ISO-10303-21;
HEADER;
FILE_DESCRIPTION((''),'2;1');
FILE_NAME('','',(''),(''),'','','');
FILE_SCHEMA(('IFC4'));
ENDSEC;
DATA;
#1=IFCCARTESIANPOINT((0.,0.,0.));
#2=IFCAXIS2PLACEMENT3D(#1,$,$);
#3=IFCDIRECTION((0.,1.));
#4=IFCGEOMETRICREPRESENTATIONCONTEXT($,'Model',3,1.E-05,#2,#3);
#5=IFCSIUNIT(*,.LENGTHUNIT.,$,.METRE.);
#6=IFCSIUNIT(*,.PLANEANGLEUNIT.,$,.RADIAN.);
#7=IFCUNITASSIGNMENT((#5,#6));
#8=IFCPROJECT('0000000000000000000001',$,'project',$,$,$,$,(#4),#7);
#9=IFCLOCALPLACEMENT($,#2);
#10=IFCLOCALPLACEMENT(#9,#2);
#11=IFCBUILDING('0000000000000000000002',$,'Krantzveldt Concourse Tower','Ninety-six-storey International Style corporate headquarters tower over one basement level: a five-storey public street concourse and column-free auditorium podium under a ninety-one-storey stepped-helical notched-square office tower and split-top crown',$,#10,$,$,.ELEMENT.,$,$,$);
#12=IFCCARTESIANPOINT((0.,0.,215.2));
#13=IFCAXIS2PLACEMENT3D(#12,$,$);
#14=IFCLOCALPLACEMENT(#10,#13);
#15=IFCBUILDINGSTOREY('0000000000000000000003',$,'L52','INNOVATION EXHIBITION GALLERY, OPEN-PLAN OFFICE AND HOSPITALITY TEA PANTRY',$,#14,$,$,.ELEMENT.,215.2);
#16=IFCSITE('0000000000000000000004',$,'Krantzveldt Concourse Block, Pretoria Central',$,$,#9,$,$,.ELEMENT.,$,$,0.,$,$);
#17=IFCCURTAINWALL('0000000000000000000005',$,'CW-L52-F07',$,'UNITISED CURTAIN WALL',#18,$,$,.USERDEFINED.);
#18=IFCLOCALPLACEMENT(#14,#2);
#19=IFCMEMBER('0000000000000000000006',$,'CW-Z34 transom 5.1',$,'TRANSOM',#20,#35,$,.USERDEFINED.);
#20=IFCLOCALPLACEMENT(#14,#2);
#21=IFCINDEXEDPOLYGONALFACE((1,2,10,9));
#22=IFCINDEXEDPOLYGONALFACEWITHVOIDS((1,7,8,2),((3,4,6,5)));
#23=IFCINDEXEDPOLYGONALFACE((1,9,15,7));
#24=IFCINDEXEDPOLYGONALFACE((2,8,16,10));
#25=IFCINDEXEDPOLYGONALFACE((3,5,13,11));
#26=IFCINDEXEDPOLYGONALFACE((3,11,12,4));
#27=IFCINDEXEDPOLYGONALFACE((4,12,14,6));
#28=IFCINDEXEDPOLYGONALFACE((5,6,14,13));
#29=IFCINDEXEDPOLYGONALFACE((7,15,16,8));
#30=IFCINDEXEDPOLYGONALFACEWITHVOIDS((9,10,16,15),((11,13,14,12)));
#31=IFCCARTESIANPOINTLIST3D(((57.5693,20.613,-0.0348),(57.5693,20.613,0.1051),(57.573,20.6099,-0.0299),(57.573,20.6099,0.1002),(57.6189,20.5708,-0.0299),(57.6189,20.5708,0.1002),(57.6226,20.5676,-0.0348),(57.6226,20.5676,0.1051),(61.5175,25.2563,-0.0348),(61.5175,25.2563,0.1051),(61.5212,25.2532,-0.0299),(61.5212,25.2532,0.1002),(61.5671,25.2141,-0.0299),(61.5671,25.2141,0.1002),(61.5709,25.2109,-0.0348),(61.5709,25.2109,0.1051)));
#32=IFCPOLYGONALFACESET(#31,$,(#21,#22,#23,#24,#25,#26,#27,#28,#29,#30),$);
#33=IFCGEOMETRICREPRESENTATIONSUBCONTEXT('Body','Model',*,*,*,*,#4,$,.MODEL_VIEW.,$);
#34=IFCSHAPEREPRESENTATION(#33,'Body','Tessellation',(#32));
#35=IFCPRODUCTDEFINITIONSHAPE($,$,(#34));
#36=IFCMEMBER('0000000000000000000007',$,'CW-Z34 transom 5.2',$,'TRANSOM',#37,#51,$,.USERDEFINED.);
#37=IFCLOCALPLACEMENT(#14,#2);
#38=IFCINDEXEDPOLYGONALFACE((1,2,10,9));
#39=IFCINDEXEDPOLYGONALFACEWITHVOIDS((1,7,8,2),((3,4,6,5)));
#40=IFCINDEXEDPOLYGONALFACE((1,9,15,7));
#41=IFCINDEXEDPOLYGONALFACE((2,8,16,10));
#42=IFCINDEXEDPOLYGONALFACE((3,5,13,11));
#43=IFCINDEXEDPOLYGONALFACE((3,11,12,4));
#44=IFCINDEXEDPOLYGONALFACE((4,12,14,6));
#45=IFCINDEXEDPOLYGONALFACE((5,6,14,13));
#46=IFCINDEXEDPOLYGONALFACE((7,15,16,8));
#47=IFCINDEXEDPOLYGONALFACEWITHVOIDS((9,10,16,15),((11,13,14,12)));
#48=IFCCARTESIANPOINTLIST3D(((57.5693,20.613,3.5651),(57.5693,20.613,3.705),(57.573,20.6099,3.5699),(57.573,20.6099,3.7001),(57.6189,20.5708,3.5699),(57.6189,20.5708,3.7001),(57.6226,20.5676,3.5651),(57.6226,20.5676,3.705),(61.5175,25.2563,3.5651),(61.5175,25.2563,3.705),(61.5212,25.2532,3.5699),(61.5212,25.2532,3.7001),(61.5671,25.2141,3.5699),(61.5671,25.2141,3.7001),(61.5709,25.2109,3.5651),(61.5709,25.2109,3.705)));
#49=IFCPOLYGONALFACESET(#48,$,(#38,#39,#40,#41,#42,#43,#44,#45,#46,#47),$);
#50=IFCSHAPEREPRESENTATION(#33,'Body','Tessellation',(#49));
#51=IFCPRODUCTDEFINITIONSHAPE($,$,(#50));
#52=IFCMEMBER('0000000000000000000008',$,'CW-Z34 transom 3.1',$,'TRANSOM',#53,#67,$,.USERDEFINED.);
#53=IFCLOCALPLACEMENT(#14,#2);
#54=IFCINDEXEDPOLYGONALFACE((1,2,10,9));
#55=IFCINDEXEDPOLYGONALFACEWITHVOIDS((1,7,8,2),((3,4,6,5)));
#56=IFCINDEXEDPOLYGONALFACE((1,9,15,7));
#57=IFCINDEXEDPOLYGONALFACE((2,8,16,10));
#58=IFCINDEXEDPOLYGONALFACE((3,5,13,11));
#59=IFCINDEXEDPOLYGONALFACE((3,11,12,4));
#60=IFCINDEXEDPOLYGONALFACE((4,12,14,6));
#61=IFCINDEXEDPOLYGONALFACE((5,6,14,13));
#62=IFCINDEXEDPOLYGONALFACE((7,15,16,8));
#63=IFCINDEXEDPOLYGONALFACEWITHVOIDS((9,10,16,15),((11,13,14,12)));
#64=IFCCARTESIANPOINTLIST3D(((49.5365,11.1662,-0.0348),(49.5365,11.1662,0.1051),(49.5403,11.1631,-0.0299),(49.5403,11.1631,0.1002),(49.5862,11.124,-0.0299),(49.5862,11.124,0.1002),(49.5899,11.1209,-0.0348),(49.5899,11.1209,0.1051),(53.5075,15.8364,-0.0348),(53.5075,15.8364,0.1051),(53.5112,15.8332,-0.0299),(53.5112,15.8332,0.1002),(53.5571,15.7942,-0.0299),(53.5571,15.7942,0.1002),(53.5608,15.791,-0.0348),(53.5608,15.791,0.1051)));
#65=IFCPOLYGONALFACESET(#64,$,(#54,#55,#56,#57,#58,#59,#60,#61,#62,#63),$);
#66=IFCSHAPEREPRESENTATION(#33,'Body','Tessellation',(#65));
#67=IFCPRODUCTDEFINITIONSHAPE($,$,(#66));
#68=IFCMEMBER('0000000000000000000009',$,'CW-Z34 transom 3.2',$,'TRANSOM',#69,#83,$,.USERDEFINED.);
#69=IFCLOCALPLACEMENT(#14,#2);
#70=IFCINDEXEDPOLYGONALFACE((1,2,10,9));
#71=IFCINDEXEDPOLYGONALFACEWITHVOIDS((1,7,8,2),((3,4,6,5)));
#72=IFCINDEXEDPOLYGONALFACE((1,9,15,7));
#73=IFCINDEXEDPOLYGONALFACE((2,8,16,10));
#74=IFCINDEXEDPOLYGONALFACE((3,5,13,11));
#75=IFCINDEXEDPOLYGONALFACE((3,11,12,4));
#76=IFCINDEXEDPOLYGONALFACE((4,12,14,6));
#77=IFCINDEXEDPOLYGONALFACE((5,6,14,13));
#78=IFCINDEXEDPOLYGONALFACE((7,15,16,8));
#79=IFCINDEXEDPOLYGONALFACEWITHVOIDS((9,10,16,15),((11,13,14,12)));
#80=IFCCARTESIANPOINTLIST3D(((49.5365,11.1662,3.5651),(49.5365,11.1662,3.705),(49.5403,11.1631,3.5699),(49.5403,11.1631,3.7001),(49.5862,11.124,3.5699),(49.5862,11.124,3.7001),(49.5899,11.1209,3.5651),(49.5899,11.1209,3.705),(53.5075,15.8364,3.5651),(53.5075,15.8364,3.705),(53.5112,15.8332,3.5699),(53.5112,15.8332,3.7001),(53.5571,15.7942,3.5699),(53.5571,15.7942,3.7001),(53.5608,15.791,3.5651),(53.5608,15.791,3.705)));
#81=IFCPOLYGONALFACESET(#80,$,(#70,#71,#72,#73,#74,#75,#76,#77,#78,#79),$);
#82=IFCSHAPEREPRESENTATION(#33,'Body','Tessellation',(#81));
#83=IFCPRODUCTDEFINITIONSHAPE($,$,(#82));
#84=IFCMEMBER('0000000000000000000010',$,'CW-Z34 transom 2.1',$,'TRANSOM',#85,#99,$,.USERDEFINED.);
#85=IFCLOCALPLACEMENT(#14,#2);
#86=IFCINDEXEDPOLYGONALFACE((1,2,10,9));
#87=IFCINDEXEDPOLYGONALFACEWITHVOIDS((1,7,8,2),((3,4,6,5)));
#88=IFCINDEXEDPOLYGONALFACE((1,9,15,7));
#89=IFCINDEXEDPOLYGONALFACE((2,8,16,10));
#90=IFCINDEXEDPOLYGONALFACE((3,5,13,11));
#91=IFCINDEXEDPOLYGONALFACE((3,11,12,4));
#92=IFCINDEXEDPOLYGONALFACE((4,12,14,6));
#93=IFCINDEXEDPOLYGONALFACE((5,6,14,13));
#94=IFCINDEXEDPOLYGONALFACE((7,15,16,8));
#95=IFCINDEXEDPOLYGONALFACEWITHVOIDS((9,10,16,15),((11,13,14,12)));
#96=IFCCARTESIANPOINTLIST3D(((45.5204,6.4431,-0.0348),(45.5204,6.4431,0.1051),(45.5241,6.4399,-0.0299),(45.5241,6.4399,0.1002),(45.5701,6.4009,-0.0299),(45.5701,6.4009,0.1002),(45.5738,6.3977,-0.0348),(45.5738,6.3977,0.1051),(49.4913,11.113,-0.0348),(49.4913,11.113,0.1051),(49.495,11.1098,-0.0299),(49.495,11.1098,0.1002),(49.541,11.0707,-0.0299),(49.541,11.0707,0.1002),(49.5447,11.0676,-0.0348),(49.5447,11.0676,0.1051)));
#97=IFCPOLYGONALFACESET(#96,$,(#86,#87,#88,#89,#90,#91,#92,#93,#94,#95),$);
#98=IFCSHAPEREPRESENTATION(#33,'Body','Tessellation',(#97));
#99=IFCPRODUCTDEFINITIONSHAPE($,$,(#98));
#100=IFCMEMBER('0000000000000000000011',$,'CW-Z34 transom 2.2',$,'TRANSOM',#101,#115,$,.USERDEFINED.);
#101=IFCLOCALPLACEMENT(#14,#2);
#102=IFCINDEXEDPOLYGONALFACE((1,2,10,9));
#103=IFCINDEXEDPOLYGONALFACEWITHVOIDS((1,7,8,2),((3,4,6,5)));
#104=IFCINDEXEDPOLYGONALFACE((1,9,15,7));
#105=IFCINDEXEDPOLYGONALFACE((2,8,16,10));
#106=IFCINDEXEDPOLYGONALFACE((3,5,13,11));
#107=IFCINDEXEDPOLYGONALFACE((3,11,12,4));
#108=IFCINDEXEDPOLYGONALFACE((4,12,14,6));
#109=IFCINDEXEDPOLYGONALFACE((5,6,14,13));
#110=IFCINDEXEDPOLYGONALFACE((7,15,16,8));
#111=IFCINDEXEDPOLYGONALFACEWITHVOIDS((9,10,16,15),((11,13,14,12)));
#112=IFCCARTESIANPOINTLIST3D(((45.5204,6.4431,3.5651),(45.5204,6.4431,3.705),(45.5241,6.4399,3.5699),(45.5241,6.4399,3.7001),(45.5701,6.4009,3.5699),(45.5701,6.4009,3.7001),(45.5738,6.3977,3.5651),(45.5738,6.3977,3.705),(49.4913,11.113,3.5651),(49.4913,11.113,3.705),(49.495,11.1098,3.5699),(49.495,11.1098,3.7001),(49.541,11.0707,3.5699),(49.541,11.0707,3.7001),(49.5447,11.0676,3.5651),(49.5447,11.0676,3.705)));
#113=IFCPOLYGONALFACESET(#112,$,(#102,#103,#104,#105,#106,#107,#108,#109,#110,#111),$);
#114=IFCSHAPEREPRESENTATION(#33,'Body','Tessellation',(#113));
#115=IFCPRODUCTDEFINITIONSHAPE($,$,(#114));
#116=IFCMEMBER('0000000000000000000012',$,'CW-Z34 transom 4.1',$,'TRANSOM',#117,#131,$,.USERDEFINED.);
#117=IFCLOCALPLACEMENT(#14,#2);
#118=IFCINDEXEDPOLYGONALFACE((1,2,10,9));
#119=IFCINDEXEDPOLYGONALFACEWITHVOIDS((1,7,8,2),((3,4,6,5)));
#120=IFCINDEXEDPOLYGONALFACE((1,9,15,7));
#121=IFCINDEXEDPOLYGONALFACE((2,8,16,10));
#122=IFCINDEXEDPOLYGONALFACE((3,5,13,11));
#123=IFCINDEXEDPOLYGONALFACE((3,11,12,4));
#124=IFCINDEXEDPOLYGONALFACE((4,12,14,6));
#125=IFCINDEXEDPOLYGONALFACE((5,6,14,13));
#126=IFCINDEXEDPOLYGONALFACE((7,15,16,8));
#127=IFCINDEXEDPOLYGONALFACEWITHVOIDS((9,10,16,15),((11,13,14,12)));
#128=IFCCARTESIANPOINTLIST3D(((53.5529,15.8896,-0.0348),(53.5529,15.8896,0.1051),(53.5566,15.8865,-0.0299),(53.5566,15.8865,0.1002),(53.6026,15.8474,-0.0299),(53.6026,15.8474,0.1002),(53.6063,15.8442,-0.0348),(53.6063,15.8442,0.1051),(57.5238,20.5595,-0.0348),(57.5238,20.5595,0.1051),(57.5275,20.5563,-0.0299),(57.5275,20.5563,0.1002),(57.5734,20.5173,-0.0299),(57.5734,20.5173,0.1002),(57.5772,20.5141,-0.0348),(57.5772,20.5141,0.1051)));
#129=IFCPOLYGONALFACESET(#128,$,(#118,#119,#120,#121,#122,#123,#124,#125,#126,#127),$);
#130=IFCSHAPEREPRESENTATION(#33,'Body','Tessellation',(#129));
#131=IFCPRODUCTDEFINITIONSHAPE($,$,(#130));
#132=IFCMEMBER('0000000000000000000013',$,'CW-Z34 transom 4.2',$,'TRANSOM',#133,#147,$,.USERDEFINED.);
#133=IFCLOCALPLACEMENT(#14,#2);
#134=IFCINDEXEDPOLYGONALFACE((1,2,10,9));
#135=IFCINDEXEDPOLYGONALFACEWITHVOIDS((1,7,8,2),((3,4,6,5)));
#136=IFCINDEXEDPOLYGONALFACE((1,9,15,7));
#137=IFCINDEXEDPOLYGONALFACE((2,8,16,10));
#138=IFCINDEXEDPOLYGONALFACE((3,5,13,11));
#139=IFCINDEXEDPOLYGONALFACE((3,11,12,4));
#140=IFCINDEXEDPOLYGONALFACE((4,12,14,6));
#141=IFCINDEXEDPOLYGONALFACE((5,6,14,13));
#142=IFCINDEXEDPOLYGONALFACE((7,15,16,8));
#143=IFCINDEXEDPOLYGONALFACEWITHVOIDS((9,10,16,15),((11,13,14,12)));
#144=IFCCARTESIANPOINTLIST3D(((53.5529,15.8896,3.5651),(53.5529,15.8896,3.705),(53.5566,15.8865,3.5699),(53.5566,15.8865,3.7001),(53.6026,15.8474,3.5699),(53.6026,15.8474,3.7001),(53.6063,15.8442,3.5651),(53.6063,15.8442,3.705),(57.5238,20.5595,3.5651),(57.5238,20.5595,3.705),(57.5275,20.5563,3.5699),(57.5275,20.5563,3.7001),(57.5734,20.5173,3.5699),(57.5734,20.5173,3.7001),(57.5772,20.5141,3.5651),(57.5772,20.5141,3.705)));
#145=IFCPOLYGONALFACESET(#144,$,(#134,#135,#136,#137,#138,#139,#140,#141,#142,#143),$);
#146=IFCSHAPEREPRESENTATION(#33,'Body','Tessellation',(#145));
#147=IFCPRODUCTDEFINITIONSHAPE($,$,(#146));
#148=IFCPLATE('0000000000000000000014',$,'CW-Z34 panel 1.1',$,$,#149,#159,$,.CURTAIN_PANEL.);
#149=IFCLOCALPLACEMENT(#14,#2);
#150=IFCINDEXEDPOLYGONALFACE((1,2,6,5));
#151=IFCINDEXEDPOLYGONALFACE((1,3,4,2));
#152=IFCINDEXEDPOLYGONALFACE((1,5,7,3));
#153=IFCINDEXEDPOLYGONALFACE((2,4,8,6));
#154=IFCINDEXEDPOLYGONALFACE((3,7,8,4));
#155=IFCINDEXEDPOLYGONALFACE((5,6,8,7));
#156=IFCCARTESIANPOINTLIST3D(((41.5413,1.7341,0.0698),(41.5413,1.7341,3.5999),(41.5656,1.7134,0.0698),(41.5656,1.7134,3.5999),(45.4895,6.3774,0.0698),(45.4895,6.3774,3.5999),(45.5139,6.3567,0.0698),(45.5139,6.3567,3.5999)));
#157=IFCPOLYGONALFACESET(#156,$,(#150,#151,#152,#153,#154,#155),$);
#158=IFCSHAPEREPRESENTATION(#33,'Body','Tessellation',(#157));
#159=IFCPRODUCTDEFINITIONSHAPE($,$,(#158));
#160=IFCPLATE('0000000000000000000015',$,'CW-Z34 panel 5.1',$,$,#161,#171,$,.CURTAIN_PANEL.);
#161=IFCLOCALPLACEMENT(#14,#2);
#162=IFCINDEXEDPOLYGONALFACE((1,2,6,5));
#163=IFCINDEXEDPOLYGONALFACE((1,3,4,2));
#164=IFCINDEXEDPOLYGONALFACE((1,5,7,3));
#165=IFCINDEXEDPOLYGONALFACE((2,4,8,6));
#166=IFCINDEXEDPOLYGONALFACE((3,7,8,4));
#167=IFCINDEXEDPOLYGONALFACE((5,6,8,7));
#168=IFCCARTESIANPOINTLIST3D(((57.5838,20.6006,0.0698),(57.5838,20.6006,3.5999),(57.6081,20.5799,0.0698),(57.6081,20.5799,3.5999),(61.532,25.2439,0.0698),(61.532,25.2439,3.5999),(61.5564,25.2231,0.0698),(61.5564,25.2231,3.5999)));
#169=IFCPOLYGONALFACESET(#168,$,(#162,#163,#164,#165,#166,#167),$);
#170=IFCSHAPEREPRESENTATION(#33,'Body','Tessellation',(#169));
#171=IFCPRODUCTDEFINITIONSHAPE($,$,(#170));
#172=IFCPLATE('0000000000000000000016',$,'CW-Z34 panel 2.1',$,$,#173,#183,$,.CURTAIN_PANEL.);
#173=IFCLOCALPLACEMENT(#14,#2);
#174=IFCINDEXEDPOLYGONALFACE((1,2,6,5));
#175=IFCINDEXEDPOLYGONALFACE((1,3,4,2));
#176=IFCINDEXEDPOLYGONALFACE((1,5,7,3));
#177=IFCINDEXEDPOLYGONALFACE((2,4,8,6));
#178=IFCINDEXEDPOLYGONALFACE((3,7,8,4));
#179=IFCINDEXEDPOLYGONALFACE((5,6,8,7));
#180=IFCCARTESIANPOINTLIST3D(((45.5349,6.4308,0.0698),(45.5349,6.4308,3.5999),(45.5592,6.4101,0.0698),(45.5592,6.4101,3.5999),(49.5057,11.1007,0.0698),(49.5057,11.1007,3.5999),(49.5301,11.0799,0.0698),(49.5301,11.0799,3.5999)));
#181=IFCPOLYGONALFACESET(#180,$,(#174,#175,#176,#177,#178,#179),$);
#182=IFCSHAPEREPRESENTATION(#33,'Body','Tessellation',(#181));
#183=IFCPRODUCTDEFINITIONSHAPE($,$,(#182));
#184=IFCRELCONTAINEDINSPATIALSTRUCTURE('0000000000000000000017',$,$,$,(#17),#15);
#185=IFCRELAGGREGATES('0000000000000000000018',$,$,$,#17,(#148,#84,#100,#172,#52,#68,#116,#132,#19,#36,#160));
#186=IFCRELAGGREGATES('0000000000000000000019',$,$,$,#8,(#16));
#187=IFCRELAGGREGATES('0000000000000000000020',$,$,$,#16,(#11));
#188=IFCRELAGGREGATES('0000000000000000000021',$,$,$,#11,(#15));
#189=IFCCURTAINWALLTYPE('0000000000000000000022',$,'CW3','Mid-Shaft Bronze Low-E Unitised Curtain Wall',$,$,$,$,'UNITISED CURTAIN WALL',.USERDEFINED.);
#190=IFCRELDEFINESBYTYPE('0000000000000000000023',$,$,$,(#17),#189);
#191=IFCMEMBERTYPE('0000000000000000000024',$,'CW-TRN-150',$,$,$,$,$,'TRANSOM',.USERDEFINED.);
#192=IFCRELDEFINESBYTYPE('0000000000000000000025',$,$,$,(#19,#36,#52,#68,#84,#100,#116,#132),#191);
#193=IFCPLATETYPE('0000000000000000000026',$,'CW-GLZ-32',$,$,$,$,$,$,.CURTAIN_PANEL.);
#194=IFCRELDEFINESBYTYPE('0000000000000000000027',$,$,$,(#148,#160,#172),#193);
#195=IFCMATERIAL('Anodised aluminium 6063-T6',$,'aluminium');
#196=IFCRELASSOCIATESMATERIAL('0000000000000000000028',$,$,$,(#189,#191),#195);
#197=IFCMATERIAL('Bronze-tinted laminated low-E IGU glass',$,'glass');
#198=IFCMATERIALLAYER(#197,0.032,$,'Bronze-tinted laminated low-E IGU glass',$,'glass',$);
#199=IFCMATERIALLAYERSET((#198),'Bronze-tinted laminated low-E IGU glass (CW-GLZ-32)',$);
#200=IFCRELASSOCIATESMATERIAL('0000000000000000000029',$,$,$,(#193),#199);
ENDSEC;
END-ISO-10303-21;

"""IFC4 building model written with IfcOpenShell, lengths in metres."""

from ifc_helpers import new_model, si_unit, direction, frame, origin, origin_2d, place, context, subcontext, project, spatial, rectangle, hollow_rectangle, extrude, source, transform, mapped, material, layer, layer_set, material_profile, profile_set, type_object, type_shapes, element, aggregate, save


model = new_model("IFC4")

# Units and contexts
model_context = context("Model", 3, precision=1e-05, world=origin(), true_north=direction((0.0, 1.0)))
body_context = subcontext(model_context, "Body", "Model", "MODEL_VIEW")
ifc_project = project(units=[si_unit("LENGTHUNIT", "METRE"), si_unit("PLANEANGLEUNIT", "RADIAN")], contexts=[model_context])

# Site, building, storey
site_placement = place(None, origin())
site = spatial("IfcSite", under=ifc_project, at=site_placement, Name="Krantzveldt Concourse Block, Pretoria Central", CompositionType="ELEMENT", RefElevation=0.0)
building_placement = place(site_placement, origin())
building = spatial("IfcBuilding", under=site, at=building_placement, Name="Krantzveldt Concourse Tower", Description="Ninety-six-storey International Style corporate headquarters tower over one basement level: a five-storey public street concourse and column-free auditorium podium under a ninety-one-storey stepped-helical notched-square office tower and split-top crown", CompositionType="ELEMENT")
storey_placement = place(building_placement, frame((0.0, 0.0, 215.2)))
storey = spatial("IfcBuildingStorey", under=building, at=storey_placement, Name="L52", Description="INNOVATION EXHIBITION GALLERY, OPEN-PLAN OFFICE AND HOSPITALITY TEA PANTRY", CompositionType="ELEMENT", Elevation=215.2)

# Curtain wall, members, plates
ifc_material_1 = material(Name="Anodised aluminium 6063-T6", Category="aluminium")
curtain_wall_type = type_object("IfcCurtainWallType", Name="CW3", Description="Mid-Shaft Bronze Low-E Unitised Curtain Wall", ElementType="UNITISED CURTAIN WALL", PredefinedType="USERDEFINED", material=ifc_material_1)
curtain_wall_placement = place(storey_placement, origin())
curtain_wall = element("IfcCurtainWall", 1, at=curtain_wall_placement, inside=storey, type_object=curtain_wall_type, Name="CW-L52-F07", ObjectType="UNITISED CURTAIN WALL", PredefinedType="USERDEFINED")
ifc_material_profile_1 = material_profile(ifc_material_1, hollow_rectangle(XDim=0.0701, YDim=0.1399, WallThickness=0.0049, at=origin_2d()), Name="Anodised aluminium 6063-T6", Category="aluminium")
ifc_profile_set_1 = profile_set([ifc_material_profile_1], Name="Anodised aluminium 6063-T6 - ALU-TRAN 140x70x5")
member_type_1 = type_object("IfcMemberType", Name="CW-TRN-150", ElementType="TRANSOM", PredefinedType="USERDEFINED", material=ifc_profile_set_1)
shared_shape_1 = source(origin(), body_context, "Body", "SweptSolid", [
    extrude(hollow_rectangle(XDim=0.0701, YDim=0.1399, WallThickness=0.0049, at=origin_2d()), origin(), (0.0, 0.0, 1.0), 6.095),
])
member_1_placement = place(storey_placement, frame((57.5959, 20.5903, 0.0352), z_axis=(0.647784, 0.761824, 0.0), x_axis=(-0.761824, 0.647784, 0.0)))
member_1 = element("IfcMember", 2, at=member_1_placement, type_object=member_type_1, Name="CW-Z34 transom 5.1", ObjectType="TRANSOM", PredefinedType="USERDEFINED", context=body_context, shape_type="MappedRepresentation", body=[
    mapped(shared_shape_1, transform((0.0, 0.0, 0.0), x_axis=(1.0, 0.0, 0.0), y_axis=(0.0, 1.0, 0.0), z_axis=(0.0, 0.0, 1.0), scale=1.0)),
])
member_2_placement = place(storey_placement, frame((57.5959, 20.5903, 3.635), z_axis=(0.647784, 0.761824, 0.0), x_axis=(-0.761824, 0.647784, 0.0)))
member_2 = element("IfcMember", 3, at=member_2_placement, type_object=member_type_1, Name="CW-Z34 transom 5.2", ObjectType="TRANSOM", PredefinedType="USERDEFINED", context=body_context, shape_type="MappedRepresentation", body=[
    mapped(shared_shape_1, transform((0.0, 0.0, 0.0), x_axis=(1.0, 0.0, 0.0), y_axis=(0.0, 1.0, 0.0), z_axis=(0.0, 0.0, 1.0), scale=1.0)),
])
shared_shape_2 = source(origin(), body_context, "Body", "SweptSolid", [
    extrude(hollow_rectangle(XDim=0.0701, YDim=0.1399, WallThickness=0.0049, at=origin_2d()), origin(), (0.0, 0.0, 1.0), 6.1301),
])
member_3_placement = place(storey_placement, frame((49.5632, 11.1436, 0.0352), z_axis=(0.647772, 0.761834, 0.0), x_axis=(-0.761834, 0.647772, 0.0)))
member_3 = element("IfcMember", 4, at=member_3_placement, type_object=member_type_1, Name="CW-Z34 transom 3.1", ObjectType="TRANSOM", PredefinedType="USERDEFINED", context=body_context, shape_type="MappedRepresentation", body=[
    mapped(shared_shape_2, transform((0.0, 0.0, 0.0), x_axis=(1.0, 0.0, 0.0), y_axis=(0.0, 1.0, 0.0), z_axis=(0.0, 0.0, 1.0), scale=1.0)),
])
member_4_placement = place(storey_placement, frame((49.5632, 11.1436, 3.635), z_axis=(0.647772, 0.761834, 0.0), x_axis=(-0.761834, 0.647772, 0.0)))
member_4 = element("IfcMember", 5, at=member_4_placement, type_object=member_type_1, Name="CW-Z34 transom 3.2", ObjectType="TRANSOM", PredefinedType="USERDEFINED", context=body_context, shape_type="MappedRepresentation", body=[
    mapped(shared_shape_2, transform((0.0, 0.0, 0.0), x_axis=(1.0, 0.0, 0.0), y_axis=(0.0, 1.0, 0.0), z_axis=(0.0, 0.0, 1.0), scale=1.0)),
])
shared_shape_3 = source(origin(), body_context, "Body", "SweptSolid", [
    extrude(hollow_rectangle(XDim=0.0701, YDim=0.1399, WallThickness=0.0049, at=origin_2d()), origin(), (0.0, 0.0, 1.0), 6.1299),
])
type_shapes(member_type_1, [shared_shape_1, shared_shape_2, shared_shape_3])
member_5_placement = place(storey_placement, frame((45.5471, 6.4204, 0.0352), z_axis=(0.647792, 0.761817, 0.0), x_axis=(-0.761817, 0.647792, 0.0)))
member_5 = element("IfcMember", 6, at=member_5_placement, type_object=member_type_1, Name="CW-Z34 transom 2.1", ObjectType="TRANSOM", PredefinedType="USERDEFINED", context=body_context, shape_type="MappedRepresentation", body=[
    mapped(shared_shape_3, transform((0.0, 0.0, 0.0), x_axis=(1.0, 0.0, 0.0), y_axis=(0.0, 1.0, 0.0), z_axis=(0.0, 0.0, 1.0), scale=1.0)),
])
member_6_placement = place(storey_placement, frame((45.5471, 6.4204, 3.635), z_axis=(0.647792, 0.761817, 0.0), x_axis=(-0.761817, 0.647792, 0.0)))
member_6 = element("IfcMember", 7, at=member_6_placement, type_object=member_type_1, Name="CW-Z34 transom 2.2", ObjectType="TRANSOM", PredefinedType="USERDEFINED", context=body_context, shape_type="MappedRepresentation", body=[
    mapped(shared_shape_3, transform((0.0, 0.0, 0.0), x_axis=(1.0, 0.0, 0.0), y_axis=(0.0, 1.0, 0.0), z_axis=(0.0, 0.0, 1.0), scale=1.0)),
])
member_7_placement = place(storey_placement, frame((53.5796, 15.8669, 0.0352), z_axis=(0.647792, 0.761817, 0.0), x_axis=(-0.761817, 0.647792, 0.0)))
member_7 = element("IfcMember", 8, at=member_7_placement, type_object=member_type_1, Name="CW-Z34 transom 4.1", ObjectType="TRANSOM", PredefinedType="USERDEFINED", context=body_context, shape_type="MappedRepresentation", body=[
    mapped(shared_shape_3, transform((0.0, 0.0, 0.0), x_axis=(1.0, 0.0, 0.0), y_axis=(0.0, 1.0, 0.0), z_axis=(0.0, 0.0, 1.0), scale=1.0)),
])
member_8_placement = place(storey_placement, frame((53.5796, 15.8669, 3.635), z_axis=(0.647792, 0.761817, 0.0), x_axis=(-0.761817, 0.647792, 0.0)))
member_8 = element("IfcMember", 9, at=member_8_placement, type_object=member_type_1, Name="CW-Z34 transom 4.2", ObjectType="TRANSOM", PredefinedType="USERDEFINED", context=body_context, shape_type="MappedRepresentation", body=[
    mapped(shared_shape_3, transform((0.0, 0.0, 0.0), x_axis=(1.0, 0.0, 0.0), y_axis=(0.0, 1.0, 0.0), z_axis=(0.0, 0.0, 1.0), scale=1.0)),
])
ifc_material_2 = material(Name="Bronze-tinted laminated low-E IGU glass", Category="glass")
ifc_layer_1 = layer(ifc_material_2, 0.032, Name="Bronze-tinted laminated low-E IGU glass", Category="glass")
ifc_layer_set_1 = layer_set([ifc_layer_1], Name="Bronze-tinted laminated low-E IGU glass (CW-GLZ-32)")
plate_type = type_object("IfcPlateType", Name="CW-GLZ-32", PredefinedType="CURTAIN_PANEL", material=ifc_layer_set_1)
shared_shape_4 = source(origin(), body_context, "Body", "SweptSolid", [
    extrude(rectangle(XDim=6.095, YDim=0.032, at=origin_2d()), origin(), (0.0, 0.0, 1.0), 3.53),
])
plate_1_placement = place(storey_placement, frame((43.5276, 4.0454, 0.0698), z_axis=(0.0, 0.0, 1.0), x_axis=(0.647788, 0.761821, 0.0)))
plate_1 = element("IfcPlate", 10, at=plate_1_placement, type_object=plate_type, Name="CW-Z34 panel 1.1", PredefinedType="CURTAIN_PANEL", context=body_context, shape_type="MappedRepresentation", body=[
    mapped(shared_shape_4, transform((0.0, 0.0, 0.0), x_axis=(1.0, 0.0, 0.0), y_axis=(0.0, 1.0, 0.0), z_axis=(0.0, 0.0, 1.0), scale=1.0)),
])
plate_2_placement = place(storey_placement, frame((59.5701, 22.9119, 0.0698), z_axis=(0.0, 0.0, 1.0), x_axis=(0.647788, 0.761821, 0.0)))
plate_2 = element("IfcPlate", 11, at=plate_2_placement, type_object=plate_type, Name="CW-Z34 panel 5.1", PredefinedType="CURTAIN_PANEL", context=body_context, shape_type="MappedRepresentation", body=[
    mapped(shared_shape_4, transform((0.0, 0.0, 0.0), x_axis=(1.0, 0.0, 0.0), y_axis=(0.0, 1.0, 0.0), z_axis=(0.0, 0.0, 1.0), scale=1.0)),
])
shared_shape_5 = source(origin(), body_context, "Body", "SweptSolid", [
    extrude(rectangle(XDim=6.1299, YDim=0.032, at=origin_2d()), origin(), (0.0, 0.0, 1.0), 3.53),
])
type_shapes(plate_type, [shared_shape_4, shared_shape_5])
plate_3_placement = place(storey_placement, frame((47.5325, 8.7554, 0.0698), z_axis=(0.0, 0.0, 1.0), x_axis=(0.647788, 0.761821, 0.0)))
plate_3 = element("IfcPlate", 12, at=plate_3_placement, type_object=plate_type, Name="CW-Z34 panel 2.1", PredefinedType="CURTAIN_PANEL", context=body_context, shape_type="MappedRepresentation", body=[
    mapped(shared_shape_5, transform((0.0, 0.0, 0.0), x_axis=(1.0, 0.0, 0.0), y_axis=(0.0, 1.0, 0.0), z_axis=(0.0, 0.0, 1.0), scale=1.0)),
])
aggregate(curtain_wall, [plate_1, member_5, member_6, plate_3, member_3, member_4, member_7, member_8, member_1, member_2, plate_2])

save(model, "model.ifc")
